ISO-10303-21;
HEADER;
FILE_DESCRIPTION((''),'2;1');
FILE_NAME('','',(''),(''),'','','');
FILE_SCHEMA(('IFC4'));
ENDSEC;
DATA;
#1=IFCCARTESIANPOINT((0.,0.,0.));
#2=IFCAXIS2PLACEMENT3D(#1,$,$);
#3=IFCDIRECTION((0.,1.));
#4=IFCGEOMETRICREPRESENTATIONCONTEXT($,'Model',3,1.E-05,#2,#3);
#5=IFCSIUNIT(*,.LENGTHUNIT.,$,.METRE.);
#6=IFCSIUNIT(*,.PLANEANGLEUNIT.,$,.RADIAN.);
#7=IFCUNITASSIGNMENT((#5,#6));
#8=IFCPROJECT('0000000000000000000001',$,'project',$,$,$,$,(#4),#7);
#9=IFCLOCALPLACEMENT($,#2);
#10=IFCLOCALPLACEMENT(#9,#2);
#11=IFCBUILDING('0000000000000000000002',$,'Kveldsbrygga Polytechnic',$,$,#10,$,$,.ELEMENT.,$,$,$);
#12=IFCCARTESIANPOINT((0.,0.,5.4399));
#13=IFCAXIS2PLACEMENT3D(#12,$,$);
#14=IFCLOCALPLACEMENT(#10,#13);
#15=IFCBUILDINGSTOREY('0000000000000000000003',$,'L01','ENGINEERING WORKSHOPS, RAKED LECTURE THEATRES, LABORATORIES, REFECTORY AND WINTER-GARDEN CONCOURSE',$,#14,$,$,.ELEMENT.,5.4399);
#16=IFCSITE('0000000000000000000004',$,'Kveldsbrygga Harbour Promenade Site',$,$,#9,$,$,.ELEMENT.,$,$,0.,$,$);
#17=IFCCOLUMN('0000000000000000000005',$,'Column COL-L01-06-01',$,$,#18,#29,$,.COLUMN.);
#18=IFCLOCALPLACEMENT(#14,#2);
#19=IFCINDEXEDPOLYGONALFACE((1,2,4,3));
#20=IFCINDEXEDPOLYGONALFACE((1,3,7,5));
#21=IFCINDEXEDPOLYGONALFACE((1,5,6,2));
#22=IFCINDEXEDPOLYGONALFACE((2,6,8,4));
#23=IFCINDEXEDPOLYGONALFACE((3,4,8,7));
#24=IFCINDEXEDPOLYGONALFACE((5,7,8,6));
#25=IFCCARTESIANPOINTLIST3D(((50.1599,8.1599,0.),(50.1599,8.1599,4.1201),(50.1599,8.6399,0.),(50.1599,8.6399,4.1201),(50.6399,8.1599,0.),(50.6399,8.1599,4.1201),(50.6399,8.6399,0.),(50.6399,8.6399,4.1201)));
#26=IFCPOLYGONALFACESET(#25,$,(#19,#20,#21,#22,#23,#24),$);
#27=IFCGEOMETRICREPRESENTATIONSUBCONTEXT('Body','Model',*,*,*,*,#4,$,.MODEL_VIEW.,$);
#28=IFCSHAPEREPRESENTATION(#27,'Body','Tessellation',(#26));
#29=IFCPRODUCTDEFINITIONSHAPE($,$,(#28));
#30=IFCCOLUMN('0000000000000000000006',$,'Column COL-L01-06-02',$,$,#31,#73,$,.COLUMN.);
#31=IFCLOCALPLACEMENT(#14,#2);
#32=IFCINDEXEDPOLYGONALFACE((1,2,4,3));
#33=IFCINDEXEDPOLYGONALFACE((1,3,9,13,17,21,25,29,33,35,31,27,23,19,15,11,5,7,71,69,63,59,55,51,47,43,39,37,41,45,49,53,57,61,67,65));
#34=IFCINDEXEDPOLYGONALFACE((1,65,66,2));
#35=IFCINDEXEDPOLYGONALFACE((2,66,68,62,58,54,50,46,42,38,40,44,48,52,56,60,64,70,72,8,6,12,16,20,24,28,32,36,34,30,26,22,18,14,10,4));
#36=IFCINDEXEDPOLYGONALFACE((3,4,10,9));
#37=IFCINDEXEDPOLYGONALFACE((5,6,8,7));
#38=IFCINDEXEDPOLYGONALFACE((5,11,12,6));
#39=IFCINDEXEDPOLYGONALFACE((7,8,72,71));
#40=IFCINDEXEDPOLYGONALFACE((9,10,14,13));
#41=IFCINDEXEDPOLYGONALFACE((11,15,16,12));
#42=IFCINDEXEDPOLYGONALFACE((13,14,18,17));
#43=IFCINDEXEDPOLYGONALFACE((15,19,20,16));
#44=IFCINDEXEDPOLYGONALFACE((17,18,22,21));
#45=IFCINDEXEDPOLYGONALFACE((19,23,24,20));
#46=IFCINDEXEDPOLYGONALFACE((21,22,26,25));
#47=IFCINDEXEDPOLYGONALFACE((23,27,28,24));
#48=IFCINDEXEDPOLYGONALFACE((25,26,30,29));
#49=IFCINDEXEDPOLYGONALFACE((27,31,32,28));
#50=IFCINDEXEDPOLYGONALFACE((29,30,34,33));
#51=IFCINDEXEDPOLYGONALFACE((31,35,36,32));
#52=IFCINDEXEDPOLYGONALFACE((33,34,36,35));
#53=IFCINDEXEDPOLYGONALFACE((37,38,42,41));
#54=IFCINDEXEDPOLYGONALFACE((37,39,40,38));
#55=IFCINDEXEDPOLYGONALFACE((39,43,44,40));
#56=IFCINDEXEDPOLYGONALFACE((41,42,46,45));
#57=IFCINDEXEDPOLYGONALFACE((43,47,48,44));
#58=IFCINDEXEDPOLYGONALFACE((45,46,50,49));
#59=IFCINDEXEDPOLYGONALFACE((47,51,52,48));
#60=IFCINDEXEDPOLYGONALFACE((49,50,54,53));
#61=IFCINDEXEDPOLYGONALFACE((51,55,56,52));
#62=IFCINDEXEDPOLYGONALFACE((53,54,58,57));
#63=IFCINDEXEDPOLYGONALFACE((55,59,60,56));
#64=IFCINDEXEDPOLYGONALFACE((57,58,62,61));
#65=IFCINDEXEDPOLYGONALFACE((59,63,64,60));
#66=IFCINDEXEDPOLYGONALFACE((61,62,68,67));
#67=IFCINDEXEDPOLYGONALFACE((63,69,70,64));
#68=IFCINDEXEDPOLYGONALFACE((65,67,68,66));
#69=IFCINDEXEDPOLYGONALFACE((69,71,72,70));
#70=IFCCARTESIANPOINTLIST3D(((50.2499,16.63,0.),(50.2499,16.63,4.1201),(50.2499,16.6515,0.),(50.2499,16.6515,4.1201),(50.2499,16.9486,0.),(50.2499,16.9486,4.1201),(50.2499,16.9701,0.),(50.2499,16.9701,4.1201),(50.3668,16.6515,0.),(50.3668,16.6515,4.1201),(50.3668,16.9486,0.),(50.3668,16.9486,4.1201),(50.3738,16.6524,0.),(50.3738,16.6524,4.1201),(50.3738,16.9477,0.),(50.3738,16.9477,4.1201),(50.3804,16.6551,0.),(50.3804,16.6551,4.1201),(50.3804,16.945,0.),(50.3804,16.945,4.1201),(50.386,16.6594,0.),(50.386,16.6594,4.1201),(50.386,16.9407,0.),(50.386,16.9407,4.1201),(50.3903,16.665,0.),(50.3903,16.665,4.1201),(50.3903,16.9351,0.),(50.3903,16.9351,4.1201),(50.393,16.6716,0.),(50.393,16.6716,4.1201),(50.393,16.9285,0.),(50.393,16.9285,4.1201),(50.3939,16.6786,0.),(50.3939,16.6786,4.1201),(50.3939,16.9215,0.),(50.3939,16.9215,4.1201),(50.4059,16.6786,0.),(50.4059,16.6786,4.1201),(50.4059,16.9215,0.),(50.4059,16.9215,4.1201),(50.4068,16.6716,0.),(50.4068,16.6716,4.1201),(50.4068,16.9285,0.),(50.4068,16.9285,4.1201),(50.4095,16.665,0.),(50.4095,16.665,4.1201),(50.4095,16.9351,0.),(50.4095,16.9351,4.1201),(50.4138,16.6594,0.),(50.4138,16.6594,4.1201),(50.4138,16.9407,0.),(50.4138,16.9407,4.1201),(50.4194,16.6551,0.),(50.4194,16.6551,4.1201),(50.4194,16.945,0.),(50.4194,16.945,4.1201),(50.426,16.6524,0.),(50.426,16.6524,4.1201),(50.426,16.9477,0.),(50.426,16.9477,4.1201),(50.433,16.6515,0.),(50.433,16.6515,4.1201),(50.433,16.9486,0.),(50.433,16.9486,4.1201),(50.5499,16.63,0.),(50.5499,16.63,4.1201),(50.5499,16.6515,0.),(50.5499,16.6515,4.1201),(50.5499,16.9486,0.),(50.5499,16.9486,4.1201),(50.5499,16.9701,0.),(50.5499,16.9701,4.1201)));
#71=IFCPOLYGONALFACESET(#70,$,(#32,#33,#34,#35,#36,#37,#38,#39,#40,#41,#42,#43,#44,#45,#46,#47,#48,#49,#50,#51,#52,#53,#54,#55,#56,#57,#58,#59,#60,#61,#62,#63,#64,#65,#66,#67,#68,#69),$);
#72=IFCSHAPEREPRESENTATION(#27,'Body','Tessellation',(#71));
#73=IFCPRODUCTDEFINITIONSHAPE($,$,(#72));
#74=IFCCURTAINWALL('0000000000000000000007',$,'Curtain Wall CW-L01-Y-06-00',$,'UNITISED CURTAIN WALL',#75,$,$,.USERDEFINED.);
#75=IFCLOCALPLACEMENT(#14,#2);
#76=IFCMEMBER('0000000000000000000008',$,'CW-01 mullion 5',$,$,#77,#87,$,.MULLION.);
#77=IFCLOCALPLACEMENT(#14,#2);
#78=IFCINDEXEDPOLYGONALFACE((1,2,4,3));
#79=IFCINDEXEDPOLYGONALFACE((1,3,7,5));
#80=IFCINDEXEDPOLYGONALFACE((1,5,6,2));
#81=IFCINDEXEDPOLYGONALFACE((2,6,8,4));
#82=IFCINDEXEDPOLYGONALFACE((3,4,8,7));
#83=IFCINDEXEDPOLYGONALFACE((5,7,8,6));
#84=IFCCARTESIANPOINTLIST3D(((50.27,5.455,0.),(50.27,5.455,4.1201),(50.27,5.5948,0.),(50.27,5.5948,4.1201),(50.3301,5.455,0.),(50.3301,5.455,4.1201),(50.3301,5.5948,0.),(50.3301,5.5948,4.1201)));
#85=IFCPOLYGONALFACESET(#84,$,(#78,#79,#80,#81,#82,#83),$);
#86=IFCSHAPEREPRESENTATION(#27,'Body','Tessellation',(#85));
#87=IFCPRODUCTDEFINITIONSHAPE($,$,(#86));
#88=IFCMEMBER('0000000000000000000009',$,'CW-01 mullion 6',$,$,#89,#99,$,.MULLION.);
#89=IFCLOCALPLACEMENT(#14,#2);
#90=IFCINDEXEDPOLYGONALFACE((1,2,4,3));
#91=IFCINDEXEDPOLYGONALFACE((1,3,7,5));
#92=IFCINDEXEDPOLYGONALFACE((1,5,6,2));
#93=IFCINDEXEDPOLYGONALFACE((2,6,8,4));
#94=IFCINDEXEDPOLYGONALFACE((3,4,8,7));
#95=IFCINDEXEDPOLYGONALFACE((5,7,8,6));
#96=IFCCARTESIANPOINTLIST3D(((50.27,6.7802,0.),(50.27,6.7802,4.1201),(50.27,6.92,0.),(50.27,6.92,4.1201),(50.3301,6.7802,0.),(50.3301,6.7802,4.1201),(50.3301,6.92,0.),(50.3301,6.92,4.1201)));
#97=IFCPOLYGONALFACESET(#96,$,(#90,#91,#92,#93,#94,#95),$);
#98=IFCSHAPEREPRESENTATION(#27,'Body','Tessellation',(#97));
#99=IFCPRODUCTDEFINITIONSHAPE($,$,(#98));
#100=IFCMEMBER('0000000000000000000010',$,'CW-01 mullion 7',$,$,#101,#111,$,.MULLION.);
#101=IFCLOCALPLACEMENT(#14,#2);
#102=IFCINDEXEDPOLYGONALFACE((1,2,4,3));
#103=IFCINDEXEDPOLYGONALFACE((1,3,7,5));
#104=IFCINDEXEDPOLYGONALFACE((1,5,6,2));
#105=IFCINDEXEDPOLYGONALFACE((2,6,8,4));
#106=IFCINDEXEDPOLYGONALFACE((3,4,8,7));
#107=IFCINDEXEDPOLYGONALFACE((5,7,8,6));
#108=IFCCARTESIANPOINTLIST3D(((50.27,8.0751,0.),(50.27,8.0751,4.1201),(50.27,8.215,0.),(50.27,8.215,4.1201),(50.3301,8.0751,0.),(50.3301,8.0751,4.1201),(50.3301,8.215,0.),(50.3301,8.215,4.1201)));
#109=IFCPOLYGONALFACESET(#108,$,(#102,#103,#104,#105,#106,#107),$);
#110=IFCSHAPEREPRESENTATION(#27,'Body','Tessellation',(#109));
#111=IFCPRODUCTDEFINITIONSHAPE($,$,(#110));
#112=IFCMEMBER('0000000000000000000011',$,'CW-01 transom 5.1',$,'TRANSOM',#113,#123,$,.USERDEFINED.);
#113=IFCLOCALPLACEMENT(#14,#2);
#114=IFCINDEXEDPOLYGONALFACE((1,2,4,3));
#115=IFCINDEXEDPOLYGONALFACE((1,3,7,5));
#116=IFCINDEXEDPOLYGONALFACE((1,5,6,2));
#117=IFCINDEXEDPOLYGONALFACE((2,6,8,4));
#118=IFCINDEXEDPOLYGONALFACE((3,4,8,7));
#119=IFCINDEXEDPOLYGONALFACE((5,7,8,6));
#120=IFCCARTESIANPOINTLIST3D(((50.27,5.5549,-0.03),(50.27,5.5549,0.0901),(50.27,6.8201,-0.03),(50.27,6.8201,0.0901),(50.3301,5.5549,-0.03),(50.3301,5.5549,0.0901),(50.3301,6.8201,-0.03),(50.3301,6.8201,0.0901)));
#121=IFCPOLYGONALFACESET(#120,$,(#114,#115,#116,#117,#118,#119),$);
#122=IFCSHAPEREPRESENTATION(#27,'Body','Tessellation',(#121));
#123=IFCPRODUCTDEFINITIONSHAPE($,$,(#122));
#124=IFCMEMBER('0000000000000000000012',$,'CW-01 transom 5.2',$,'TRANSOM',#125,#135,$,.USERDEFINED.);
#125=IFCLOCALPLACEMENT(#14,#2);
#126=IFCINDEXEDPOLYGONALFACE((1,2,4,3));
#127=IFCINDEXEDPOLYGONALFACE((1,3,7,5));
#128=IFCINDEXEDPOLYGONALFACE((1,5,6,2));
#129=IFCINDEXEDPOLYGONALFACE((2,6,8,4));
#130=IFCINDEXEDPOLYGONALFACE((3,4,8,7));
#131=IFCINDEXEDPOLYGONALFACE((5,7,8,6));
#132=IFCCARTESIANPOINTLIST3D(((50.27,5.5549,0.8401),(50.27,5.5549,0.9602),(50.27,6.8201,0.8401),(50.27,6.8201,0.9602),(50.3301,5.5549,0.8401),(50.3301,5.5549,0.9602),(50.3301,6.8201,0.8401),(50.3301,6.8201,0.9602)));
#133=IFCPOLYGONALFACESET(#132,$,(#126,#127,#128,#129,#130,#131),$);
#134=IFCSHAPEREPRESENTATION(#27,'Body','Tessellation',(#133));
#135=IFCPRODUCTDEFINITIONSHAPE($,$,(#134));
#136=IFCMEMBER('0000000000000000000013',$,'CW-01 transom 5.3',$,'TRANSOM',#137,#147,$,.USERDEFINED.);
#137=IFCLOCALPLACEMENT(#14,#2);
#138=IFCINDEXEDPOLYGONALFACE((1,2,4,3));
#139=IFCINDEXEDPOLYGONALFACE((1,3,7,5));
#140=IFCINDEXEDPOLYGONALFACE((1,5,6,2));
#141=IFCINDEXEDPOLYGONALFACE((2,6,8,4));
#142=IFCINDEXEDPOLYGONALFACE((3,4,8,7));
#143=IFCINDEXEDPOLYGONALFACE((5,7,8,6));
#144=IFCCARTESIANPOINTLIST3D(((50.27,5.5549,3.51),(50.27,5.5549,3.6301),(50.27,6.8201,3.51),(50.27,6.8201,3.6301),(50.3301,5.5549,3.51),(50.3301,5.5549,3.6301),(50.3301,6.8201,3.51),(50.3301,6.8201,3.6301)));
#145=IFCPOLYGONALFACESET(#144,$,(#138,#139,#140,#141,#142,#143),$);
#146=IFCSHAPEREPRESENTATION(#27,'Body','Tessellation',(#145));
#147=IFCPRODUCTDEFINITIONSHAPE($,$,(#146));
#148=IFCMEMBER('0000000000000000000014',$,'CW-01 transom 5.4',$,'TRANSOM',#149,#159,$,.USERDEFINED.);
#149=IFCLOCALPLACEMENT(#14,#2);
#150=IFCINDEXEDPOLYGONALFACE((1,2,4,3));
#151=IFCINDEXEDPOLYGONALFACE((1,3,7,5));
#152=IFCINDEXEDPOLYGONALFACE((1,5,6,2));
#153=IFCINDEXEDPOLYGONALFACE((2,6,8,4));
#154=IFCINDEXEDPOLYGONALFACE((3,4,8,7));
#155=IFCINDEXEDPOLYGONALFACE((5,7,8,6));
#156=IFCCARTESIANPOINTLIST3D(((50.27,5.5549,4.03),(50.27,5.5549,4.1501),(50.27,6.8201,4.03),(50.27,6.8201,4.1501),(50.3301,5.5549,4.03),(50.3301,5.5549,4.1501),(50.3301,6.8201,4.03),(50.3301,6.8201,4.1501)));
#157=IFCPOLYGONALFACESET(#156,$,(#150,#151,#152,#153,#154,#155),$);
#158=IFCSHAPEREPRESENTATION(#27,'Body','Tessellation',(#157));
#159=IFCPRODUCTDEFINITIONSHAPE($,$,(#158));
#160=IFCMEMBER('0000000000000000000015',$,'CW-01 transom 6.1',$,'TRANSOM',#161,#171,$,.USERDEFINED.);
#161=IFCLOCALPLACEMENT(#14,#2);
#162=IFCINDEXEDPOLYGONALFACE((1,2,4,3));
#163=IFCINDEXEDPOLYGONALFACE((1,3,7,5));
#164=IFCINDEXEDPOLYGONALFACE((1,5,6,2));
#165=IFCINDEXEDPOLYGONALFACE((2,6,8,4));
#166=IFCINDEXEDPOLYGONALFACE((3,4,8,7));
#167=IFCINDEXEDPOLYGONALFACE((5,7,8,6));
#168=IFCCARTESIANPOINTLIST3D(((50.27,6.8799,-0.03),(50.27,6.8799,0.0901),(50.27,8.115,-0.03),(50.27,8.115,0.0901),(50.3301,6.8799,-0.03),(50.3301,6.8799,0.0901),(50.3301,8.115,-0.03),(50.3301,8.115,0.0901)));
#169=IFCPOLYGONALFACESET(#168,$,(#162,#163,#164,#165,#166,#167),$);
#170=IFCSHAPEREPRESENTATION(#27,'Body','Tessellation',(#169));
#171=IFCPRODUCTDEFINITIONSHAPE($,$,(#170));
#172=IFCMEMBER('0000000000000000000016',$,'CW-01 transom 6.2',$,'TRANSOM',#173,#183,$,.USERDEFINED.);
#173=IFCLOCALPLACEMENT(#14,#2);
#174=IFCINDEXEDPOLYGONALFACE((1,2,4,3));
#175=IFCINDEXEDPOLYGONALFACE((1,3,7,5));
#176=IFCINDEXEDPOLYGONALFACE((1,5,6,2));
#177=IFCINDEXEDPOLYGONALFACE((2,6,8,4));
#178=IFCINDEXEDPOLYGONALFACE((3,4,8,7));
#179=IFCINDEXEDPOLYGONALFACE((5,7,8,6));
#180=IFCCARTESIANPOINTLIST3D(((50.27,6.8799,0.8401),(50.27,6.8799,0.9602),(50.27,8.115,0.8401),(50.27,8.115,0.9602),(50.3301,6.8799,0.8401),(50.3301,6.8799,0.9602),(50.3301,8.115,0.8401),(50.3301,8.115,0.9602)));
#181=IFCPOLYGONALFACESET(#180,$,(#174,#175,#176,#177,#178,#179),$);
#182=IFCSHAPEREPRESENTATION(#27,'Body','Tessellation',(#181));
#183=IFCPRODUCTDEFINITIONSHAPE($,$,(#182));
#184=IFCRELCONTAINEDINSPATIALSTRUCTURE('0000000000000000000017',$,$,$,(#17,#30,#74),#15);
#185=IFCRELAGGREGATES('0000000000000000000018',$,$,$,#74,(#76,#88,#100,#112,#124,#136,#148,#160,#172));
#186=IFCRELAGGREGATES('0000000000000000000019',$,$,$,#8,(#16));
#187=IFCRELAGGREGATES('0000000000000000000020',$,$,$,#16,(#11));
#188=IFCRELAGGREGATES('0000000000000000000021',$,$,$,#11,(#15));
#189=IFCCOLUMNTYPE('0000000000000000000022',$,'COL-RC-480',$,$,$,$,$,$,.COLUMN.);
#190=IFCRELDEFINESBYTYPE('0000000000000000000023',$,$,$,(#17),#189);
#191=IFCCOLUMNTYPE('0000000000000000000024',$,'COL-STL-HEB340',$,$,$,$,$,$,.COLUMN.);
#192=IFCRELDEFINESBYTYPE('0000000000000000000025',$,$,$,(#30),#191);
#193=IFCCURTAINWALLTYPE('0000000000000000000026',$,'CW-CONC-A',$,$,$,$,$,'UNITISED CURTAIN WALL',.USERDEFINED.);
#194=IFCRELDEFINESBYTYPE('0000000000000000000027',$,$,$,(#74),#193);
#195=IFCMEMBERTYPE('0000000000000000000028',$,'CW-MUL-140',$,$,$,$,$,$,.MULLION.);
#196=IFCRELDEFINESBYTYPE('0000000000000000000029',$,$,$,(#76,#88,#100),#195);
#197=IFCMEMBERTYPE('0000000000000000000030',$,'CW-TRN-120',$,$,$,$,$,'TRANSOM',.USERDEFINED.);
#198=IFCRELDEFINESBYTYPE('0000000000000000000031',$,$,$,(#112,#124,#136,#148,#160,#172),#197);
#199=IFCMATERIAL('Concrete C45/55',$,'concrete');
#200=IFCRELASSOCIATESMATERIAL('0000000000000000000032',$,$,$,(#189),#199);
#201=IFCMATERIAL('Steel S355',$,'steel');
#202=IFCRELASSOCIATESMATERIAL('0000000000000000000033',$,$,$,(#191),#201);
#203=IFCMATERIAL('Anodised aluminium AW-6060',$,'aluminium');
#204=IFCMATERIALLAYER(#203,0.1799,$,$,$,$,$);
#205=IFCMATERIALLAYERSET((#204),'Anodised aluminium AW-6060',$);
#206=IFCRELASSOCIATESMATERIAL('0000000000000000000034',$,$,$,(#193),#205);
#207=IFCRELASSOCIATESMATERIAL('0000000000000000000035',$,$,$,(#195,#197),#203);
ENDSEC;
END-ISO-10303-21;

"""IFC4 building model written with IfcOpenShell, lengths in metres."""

from ifc_helpers import new_model, si_unit, direction, frame, origin, origin_2d, place, context, subcontext, project, spatial, rectangle, i_section, extrude, material, layer, layer_set, material_profile, profile_set, type_object, element, aggregate, save


model = new_model("IFC4")

# Units and contexts
model_context = context("Model", 3, precision=1e-05, world=origin(), true_north=direction((0.0, 1.0)))
body_context = subcontext(model_context, "Body", "Model", "MODEL_VIEW")
ifc_project = project(units=[si_unit("LENGTHUNIT", "METRE"), si_unit("PLANEANGLEUNIT", "RADIAN")], contexts=[model_context])

# Site, building, storey
site_placement = place(None, origin())
site = spatial("IfcSite", under=ifc_project, at=site_placement, Name="Kveldsbrygga Harbour Promenade Site", CompositionType="ELEMENT", RefElevation=0.0)
building_placement = place(site_placement, origin())
building = spatial("IfcBuilding", under=site, at=building_placement, Name="Kveldsbrygga Polytechnic", CompositionType="ELEMENT")
storey_placement = place(building_placement, frame((0.0, 0.0, 5.4399)))
storey = spatial("IfcBuildingStorey", under=building, at=storey_placement, Name="L01", Description="ENGINEERING WORKSHOPS, RAKED LECTURE THEATRES, LABORATORIES, REFECTORY AND WINTER-GARDEN CONCOURSE", CompositionType="ELEMENT", Elevation=5.4399)

# Columns
ifc_material_1 = material(Name="Concrete C45/55", Category="concrete")
ifc_material_profile_1 = material_profile(ifc_material_1, rectangle(XDim=0.48, YDim=0.48, at=origin_2d()), Name="RC 480x480")
ifc_profile_set_1 = profile_set([ifc_material_profile_1], Name="Concrete C45/55")
column_type_1 = type_object("IfcColumnType", Name="COL-RC-480", PredefinedType="COLUMN", material=ifc_profile_set_1)
column_1_placement = place(storey_placement, frame((50.3999, 8.3999, 0.0), z_axis=(0.0, 0.0, 1.0), x_axis=(1.0, 0.0, 0.0)))
element("IfcColumn", 1, at=column_1_placement, inside=storey, type_object=column_type_1, Name="Column COL-L01-06-01", PredefinedType="COLUMN", context=body_context, shape_type="SweptSolid", body=[
    extrude(rectangle(XDim=0.48, YDim=0.48, at=origin_2d()), origin(), (0.0, 0.0, 1.0), 4.1201),
])
ifc_material_2 = material(Name="Steel S355", Category="steel")
ifc_material_profile_2 = material_profile(ifc_material_2, i_section(OverallWidth=0.3, OverallDepth=0.3401, WebThickness=0.012, FlangeThickness=0.0215, FilletRadius=0.0271, at=origin_2d()), Name="HEB 340")
ifc_profile_set_2 = profile_set([ifc_material_profile_2], Name="Steel S355")
column_type_2 = type_object("IfcColumnType", Name="COL-STL-HEB340", PredefinedType="COLUMN", material=ifc_profile_set_2)
column_2_placement = place(storey_placement, frame((50.3999, 16.8, 0.0), z_axis=(0.0, 0.0, 1.0), x_axis=(1.0, 0.0, 0.0)))
element("IfcColumn", 2, at=column_2_placement, inside=storey, type_object=column_type_2, Name="Column COL-L01-06-02", PredefinedType="COLUMN", context=body_context, shape_type="SweptSolid", body=[
    extrude(i_section(OverallWidth=0.3, OverallDepth=0.3401, WebThickness=0.012, FlangeThickness=0.0215, FilletRadius=0.0271, at=origin_2d()), origin(), (0.0, 0.0, 1.0), 4.1201),
])

# Curtain wall, members
ifc_material_3 = material(Name="Anodised aluminium AW-6060", Category="aluminium")
ifc_layer_1 = layer(ifc_material_3, 0.1799)
ifc_layer_set_1 = layer_set([ifc_layer_1], Name="Anodised aluminium AW-6060")
curtain_wall_type = type_object("IfcCurtainWallType", Name="CW-CONC-A", ElementType="UNITISED CURTAIN WALL", PredefinedType="USERDEFINED", material=ifc_layer_set_1)
curtain_wall_placement = place(storey_placement, origin())
curtain_wall = element("IfcCurtainWall", 3, at=curtain_wall_placement, inside=storey, type_object=curtain_wall_type, Name="Curtain Wall CW-L01-Y-06-00", ObjectType="UNITISED CURTAIN WALL", PredefinedType="USERDEFINED")
ifc_material_profile_3 = material_profile(ifc_material_3, rectangle(XDim=0.0601, YDim=0.1399, at=origin_2d()), Name="ALU 60x140")
ifc_profile_set_3 = profile_set([ifc_material_profile_3], Name="Anodised aluminium AW-6060")
member_type_1 = type_object("IfcMemberType", Name="CW-MUL-140", PredefinedType="MULLION", material=ifc_profile_set_3)
member_1_placement = place(storey_placement, frame((50.3, 5.5249, 0.0), z_axis=(0.0, 0.0, 1.0), x_axis=(-1.0, 0.0, 0.0)))
member_1 = element("IfcMember", 4, at=member_1_placement, type_object=member_type_1, Name="CW-01 mullion 5", PredefinedType="MULLION", context=body_context, shape_type="SweptSolid", body=[
    extrude(rectangle(XDim=0.0601, YDim=0.1399, at=origin_2d()), origin(), (0.0, 0.0, 1.0), 4.1201),
])
member_2_placement = place(storey_placement, frame((50.3, 6.8501, 0.0), z_axis=(0.0, 0.0, 1.0), x_axis=(-1.0, 0.0, 0.0)))
member_2 = element("IfcMember", 5, at=member_2_placement, type_object=member_type_1, Name="CW-01 mullion 6", PredefinedType="MULLION", context=body_context, shape_type="SweptSolid", body=[
    extrude(rectangle(XDim=0.0601, YDim=0.1399, at=origin_2d()), origin(), (0.0, 0.0, 1.0), 4.1201),
])
member_3_placement = place(storey_placement, frame((50.3, 8.145, 0.0), z_axis=(0.0, 0.0, 1.0), x_axis=(-1.0, 0.0, 0.0)))
member_3 = element("IfcMember", 6, at=member_3_placement, type_object=member_type_1, Name="CW-01 mullion 7", PredefinedType="MULLION", context=body_context, shape_type="SweptSolid", body=[
    extrude(rectangle(XDim=0.0601, YDim=0.1399, at=origin_2d()), origin(), (0.0, 0.0, 1.0), 4.1201),
])
ifc_material_profile_4 = material_profile(ifc_material_3, rectangle(XDim=0.0601, YDim=0.1201, at=origin_2d()), Name="ALU 60x120")
ifc_profile_set_4 = profile_set([ifc_material_profile_4], Name="Anodised aluminium AW-6060")
member_type_2 = type_object("IfcMemberType", Name="CW-TRN-120", ElementType="TRANSOM", PredefinedType="USERDEFINED", material=ifc_profile_set_4)
member_4_placement = place(storey_placement, frame((50.3, 5.5549, 0.03), z_axis=(0.0, 1.0, 0.0), x_axis=(-1.0, 0.0, 0.0)))
member_4 = element("IfcMember", 7, at=member_4_placement, type_object=member_type_2, Name="CW-01 transom 5.1", ObjectType="TRANSOM", PredefinedType="USERDEFINED", context=body_context, shape_type="SweptSolid", body=[
    extrude(rectangle(XDim=0.0601, YDim=0.1201, at=origin_2d()), origin(), (0.0, 0.0, 1.0), 1.2651),
])
member_5_placement = place(storey_placement, frame((50.3, 5.5549, 0.9001), z_axis=(0.0, 1.0, 0.0), x_axis=(-1.0, 0.0, 0.0)))
member_5 = element("IfcMember", 8, at=member_5_placement, type_object=member_type_2, Name="CW-01 transom 5.2", ObjectType="TRANSOM", PredefinedType="USERDEFINED", context=body_context, shape_type="SweptSolid", body=[
    extrude(rectangle(XDim=0.0601, YDim=0.1201, at=origin_2d()), origin(), (0.0, 0.0, 1.0), 1.2651),
])
member_6_placement = place(storey_placement, frame((50.3, 5.5549, 3.5701), z_axis=(0.0, 1.0, 0.0), x_axis=(-1.0, 0.0, 0.0)))
member_6 = element("IfcMember", 9, at=member_6_placement, type_object=member_type_2, Name="CW-01 transom 5.3", ObjectType="TRANSOM", PredefinedType="USERDEFINED", context=body_context, shape_type="SweptSolid", body=[
    extrude(rectangle(XDim=0.0601, YDim=0.1201, at=origin_2d()), origin(), (0.0, 0.0, 1.0), 1.2651),
])
member_7_placement = place(storey_placement, frame((50.3, 5.5549, 4.0901), z_axis=(0.0, 1.0, 0.0), x_axis=(-1.0, 0.0, 0.0)))
member_7 = element("IfcMember", 10, at=member_7_placement, type_object=member_type_2, Name="CW-01 transom 5.4", ObjectType="TRANSOM", PredefinedType="USERDEFINED", context=body_context, shape_type="SweptSolid", body=[
    extrude(rectangle(XDim=0.0601, YDim=0.1201, at=origin_2d()), origin(), (0.0, 0.0, 1.0), 1.2651),
])
member_8_placement = place(storey_placement, frame((50.3, 6.8799, 0.03), z_axis=(0.0, 1.0, 0.0), x_axis=(-1.0, 0.0, 0.0)))
member_8 = element("IfcMember", 11, at=member_8_placement, type_object=member_type_2, Name="CW-01 transom 6.1", ObjectType="TRANSOM", PredefinedType="USERDEFINED", context=body_context, shape_type="SweptSolid", body=[
    extrude(rectangle(XDim=0.0601, YDim=0.1201, at=origin_2d()), origin(), (0.0, 0.0, 1.0), 1.2351),
])
member_9_placement = place(storey_placement, frame((50.3, 6.8799, 0.9001), z_axis=(0.0, 1.0, 0.0), x_axis=(-1.0, 0.0, 0.0)))
member_9 = element("IfcMember", 12, at=member_9_placement, type_object=member_type_2, Name="CW-01 transom 6.2", ObjectType="TRANSOM", PredefinedType="USERDEFINED", context=body_context, shape_type="SweptSolid", body=[
    extrude(rectangle(XDim=0.0601, YDim=0.1201, at=origin_2d()), origin(), (0.0, 0.0, 1.0), 1.2351),
])

aggregate(curtain_wall, [member_1, member_2, member_3, member_4, member_5, member_6, member_7, member_8, member_9])

save(model, "model.ifc")
